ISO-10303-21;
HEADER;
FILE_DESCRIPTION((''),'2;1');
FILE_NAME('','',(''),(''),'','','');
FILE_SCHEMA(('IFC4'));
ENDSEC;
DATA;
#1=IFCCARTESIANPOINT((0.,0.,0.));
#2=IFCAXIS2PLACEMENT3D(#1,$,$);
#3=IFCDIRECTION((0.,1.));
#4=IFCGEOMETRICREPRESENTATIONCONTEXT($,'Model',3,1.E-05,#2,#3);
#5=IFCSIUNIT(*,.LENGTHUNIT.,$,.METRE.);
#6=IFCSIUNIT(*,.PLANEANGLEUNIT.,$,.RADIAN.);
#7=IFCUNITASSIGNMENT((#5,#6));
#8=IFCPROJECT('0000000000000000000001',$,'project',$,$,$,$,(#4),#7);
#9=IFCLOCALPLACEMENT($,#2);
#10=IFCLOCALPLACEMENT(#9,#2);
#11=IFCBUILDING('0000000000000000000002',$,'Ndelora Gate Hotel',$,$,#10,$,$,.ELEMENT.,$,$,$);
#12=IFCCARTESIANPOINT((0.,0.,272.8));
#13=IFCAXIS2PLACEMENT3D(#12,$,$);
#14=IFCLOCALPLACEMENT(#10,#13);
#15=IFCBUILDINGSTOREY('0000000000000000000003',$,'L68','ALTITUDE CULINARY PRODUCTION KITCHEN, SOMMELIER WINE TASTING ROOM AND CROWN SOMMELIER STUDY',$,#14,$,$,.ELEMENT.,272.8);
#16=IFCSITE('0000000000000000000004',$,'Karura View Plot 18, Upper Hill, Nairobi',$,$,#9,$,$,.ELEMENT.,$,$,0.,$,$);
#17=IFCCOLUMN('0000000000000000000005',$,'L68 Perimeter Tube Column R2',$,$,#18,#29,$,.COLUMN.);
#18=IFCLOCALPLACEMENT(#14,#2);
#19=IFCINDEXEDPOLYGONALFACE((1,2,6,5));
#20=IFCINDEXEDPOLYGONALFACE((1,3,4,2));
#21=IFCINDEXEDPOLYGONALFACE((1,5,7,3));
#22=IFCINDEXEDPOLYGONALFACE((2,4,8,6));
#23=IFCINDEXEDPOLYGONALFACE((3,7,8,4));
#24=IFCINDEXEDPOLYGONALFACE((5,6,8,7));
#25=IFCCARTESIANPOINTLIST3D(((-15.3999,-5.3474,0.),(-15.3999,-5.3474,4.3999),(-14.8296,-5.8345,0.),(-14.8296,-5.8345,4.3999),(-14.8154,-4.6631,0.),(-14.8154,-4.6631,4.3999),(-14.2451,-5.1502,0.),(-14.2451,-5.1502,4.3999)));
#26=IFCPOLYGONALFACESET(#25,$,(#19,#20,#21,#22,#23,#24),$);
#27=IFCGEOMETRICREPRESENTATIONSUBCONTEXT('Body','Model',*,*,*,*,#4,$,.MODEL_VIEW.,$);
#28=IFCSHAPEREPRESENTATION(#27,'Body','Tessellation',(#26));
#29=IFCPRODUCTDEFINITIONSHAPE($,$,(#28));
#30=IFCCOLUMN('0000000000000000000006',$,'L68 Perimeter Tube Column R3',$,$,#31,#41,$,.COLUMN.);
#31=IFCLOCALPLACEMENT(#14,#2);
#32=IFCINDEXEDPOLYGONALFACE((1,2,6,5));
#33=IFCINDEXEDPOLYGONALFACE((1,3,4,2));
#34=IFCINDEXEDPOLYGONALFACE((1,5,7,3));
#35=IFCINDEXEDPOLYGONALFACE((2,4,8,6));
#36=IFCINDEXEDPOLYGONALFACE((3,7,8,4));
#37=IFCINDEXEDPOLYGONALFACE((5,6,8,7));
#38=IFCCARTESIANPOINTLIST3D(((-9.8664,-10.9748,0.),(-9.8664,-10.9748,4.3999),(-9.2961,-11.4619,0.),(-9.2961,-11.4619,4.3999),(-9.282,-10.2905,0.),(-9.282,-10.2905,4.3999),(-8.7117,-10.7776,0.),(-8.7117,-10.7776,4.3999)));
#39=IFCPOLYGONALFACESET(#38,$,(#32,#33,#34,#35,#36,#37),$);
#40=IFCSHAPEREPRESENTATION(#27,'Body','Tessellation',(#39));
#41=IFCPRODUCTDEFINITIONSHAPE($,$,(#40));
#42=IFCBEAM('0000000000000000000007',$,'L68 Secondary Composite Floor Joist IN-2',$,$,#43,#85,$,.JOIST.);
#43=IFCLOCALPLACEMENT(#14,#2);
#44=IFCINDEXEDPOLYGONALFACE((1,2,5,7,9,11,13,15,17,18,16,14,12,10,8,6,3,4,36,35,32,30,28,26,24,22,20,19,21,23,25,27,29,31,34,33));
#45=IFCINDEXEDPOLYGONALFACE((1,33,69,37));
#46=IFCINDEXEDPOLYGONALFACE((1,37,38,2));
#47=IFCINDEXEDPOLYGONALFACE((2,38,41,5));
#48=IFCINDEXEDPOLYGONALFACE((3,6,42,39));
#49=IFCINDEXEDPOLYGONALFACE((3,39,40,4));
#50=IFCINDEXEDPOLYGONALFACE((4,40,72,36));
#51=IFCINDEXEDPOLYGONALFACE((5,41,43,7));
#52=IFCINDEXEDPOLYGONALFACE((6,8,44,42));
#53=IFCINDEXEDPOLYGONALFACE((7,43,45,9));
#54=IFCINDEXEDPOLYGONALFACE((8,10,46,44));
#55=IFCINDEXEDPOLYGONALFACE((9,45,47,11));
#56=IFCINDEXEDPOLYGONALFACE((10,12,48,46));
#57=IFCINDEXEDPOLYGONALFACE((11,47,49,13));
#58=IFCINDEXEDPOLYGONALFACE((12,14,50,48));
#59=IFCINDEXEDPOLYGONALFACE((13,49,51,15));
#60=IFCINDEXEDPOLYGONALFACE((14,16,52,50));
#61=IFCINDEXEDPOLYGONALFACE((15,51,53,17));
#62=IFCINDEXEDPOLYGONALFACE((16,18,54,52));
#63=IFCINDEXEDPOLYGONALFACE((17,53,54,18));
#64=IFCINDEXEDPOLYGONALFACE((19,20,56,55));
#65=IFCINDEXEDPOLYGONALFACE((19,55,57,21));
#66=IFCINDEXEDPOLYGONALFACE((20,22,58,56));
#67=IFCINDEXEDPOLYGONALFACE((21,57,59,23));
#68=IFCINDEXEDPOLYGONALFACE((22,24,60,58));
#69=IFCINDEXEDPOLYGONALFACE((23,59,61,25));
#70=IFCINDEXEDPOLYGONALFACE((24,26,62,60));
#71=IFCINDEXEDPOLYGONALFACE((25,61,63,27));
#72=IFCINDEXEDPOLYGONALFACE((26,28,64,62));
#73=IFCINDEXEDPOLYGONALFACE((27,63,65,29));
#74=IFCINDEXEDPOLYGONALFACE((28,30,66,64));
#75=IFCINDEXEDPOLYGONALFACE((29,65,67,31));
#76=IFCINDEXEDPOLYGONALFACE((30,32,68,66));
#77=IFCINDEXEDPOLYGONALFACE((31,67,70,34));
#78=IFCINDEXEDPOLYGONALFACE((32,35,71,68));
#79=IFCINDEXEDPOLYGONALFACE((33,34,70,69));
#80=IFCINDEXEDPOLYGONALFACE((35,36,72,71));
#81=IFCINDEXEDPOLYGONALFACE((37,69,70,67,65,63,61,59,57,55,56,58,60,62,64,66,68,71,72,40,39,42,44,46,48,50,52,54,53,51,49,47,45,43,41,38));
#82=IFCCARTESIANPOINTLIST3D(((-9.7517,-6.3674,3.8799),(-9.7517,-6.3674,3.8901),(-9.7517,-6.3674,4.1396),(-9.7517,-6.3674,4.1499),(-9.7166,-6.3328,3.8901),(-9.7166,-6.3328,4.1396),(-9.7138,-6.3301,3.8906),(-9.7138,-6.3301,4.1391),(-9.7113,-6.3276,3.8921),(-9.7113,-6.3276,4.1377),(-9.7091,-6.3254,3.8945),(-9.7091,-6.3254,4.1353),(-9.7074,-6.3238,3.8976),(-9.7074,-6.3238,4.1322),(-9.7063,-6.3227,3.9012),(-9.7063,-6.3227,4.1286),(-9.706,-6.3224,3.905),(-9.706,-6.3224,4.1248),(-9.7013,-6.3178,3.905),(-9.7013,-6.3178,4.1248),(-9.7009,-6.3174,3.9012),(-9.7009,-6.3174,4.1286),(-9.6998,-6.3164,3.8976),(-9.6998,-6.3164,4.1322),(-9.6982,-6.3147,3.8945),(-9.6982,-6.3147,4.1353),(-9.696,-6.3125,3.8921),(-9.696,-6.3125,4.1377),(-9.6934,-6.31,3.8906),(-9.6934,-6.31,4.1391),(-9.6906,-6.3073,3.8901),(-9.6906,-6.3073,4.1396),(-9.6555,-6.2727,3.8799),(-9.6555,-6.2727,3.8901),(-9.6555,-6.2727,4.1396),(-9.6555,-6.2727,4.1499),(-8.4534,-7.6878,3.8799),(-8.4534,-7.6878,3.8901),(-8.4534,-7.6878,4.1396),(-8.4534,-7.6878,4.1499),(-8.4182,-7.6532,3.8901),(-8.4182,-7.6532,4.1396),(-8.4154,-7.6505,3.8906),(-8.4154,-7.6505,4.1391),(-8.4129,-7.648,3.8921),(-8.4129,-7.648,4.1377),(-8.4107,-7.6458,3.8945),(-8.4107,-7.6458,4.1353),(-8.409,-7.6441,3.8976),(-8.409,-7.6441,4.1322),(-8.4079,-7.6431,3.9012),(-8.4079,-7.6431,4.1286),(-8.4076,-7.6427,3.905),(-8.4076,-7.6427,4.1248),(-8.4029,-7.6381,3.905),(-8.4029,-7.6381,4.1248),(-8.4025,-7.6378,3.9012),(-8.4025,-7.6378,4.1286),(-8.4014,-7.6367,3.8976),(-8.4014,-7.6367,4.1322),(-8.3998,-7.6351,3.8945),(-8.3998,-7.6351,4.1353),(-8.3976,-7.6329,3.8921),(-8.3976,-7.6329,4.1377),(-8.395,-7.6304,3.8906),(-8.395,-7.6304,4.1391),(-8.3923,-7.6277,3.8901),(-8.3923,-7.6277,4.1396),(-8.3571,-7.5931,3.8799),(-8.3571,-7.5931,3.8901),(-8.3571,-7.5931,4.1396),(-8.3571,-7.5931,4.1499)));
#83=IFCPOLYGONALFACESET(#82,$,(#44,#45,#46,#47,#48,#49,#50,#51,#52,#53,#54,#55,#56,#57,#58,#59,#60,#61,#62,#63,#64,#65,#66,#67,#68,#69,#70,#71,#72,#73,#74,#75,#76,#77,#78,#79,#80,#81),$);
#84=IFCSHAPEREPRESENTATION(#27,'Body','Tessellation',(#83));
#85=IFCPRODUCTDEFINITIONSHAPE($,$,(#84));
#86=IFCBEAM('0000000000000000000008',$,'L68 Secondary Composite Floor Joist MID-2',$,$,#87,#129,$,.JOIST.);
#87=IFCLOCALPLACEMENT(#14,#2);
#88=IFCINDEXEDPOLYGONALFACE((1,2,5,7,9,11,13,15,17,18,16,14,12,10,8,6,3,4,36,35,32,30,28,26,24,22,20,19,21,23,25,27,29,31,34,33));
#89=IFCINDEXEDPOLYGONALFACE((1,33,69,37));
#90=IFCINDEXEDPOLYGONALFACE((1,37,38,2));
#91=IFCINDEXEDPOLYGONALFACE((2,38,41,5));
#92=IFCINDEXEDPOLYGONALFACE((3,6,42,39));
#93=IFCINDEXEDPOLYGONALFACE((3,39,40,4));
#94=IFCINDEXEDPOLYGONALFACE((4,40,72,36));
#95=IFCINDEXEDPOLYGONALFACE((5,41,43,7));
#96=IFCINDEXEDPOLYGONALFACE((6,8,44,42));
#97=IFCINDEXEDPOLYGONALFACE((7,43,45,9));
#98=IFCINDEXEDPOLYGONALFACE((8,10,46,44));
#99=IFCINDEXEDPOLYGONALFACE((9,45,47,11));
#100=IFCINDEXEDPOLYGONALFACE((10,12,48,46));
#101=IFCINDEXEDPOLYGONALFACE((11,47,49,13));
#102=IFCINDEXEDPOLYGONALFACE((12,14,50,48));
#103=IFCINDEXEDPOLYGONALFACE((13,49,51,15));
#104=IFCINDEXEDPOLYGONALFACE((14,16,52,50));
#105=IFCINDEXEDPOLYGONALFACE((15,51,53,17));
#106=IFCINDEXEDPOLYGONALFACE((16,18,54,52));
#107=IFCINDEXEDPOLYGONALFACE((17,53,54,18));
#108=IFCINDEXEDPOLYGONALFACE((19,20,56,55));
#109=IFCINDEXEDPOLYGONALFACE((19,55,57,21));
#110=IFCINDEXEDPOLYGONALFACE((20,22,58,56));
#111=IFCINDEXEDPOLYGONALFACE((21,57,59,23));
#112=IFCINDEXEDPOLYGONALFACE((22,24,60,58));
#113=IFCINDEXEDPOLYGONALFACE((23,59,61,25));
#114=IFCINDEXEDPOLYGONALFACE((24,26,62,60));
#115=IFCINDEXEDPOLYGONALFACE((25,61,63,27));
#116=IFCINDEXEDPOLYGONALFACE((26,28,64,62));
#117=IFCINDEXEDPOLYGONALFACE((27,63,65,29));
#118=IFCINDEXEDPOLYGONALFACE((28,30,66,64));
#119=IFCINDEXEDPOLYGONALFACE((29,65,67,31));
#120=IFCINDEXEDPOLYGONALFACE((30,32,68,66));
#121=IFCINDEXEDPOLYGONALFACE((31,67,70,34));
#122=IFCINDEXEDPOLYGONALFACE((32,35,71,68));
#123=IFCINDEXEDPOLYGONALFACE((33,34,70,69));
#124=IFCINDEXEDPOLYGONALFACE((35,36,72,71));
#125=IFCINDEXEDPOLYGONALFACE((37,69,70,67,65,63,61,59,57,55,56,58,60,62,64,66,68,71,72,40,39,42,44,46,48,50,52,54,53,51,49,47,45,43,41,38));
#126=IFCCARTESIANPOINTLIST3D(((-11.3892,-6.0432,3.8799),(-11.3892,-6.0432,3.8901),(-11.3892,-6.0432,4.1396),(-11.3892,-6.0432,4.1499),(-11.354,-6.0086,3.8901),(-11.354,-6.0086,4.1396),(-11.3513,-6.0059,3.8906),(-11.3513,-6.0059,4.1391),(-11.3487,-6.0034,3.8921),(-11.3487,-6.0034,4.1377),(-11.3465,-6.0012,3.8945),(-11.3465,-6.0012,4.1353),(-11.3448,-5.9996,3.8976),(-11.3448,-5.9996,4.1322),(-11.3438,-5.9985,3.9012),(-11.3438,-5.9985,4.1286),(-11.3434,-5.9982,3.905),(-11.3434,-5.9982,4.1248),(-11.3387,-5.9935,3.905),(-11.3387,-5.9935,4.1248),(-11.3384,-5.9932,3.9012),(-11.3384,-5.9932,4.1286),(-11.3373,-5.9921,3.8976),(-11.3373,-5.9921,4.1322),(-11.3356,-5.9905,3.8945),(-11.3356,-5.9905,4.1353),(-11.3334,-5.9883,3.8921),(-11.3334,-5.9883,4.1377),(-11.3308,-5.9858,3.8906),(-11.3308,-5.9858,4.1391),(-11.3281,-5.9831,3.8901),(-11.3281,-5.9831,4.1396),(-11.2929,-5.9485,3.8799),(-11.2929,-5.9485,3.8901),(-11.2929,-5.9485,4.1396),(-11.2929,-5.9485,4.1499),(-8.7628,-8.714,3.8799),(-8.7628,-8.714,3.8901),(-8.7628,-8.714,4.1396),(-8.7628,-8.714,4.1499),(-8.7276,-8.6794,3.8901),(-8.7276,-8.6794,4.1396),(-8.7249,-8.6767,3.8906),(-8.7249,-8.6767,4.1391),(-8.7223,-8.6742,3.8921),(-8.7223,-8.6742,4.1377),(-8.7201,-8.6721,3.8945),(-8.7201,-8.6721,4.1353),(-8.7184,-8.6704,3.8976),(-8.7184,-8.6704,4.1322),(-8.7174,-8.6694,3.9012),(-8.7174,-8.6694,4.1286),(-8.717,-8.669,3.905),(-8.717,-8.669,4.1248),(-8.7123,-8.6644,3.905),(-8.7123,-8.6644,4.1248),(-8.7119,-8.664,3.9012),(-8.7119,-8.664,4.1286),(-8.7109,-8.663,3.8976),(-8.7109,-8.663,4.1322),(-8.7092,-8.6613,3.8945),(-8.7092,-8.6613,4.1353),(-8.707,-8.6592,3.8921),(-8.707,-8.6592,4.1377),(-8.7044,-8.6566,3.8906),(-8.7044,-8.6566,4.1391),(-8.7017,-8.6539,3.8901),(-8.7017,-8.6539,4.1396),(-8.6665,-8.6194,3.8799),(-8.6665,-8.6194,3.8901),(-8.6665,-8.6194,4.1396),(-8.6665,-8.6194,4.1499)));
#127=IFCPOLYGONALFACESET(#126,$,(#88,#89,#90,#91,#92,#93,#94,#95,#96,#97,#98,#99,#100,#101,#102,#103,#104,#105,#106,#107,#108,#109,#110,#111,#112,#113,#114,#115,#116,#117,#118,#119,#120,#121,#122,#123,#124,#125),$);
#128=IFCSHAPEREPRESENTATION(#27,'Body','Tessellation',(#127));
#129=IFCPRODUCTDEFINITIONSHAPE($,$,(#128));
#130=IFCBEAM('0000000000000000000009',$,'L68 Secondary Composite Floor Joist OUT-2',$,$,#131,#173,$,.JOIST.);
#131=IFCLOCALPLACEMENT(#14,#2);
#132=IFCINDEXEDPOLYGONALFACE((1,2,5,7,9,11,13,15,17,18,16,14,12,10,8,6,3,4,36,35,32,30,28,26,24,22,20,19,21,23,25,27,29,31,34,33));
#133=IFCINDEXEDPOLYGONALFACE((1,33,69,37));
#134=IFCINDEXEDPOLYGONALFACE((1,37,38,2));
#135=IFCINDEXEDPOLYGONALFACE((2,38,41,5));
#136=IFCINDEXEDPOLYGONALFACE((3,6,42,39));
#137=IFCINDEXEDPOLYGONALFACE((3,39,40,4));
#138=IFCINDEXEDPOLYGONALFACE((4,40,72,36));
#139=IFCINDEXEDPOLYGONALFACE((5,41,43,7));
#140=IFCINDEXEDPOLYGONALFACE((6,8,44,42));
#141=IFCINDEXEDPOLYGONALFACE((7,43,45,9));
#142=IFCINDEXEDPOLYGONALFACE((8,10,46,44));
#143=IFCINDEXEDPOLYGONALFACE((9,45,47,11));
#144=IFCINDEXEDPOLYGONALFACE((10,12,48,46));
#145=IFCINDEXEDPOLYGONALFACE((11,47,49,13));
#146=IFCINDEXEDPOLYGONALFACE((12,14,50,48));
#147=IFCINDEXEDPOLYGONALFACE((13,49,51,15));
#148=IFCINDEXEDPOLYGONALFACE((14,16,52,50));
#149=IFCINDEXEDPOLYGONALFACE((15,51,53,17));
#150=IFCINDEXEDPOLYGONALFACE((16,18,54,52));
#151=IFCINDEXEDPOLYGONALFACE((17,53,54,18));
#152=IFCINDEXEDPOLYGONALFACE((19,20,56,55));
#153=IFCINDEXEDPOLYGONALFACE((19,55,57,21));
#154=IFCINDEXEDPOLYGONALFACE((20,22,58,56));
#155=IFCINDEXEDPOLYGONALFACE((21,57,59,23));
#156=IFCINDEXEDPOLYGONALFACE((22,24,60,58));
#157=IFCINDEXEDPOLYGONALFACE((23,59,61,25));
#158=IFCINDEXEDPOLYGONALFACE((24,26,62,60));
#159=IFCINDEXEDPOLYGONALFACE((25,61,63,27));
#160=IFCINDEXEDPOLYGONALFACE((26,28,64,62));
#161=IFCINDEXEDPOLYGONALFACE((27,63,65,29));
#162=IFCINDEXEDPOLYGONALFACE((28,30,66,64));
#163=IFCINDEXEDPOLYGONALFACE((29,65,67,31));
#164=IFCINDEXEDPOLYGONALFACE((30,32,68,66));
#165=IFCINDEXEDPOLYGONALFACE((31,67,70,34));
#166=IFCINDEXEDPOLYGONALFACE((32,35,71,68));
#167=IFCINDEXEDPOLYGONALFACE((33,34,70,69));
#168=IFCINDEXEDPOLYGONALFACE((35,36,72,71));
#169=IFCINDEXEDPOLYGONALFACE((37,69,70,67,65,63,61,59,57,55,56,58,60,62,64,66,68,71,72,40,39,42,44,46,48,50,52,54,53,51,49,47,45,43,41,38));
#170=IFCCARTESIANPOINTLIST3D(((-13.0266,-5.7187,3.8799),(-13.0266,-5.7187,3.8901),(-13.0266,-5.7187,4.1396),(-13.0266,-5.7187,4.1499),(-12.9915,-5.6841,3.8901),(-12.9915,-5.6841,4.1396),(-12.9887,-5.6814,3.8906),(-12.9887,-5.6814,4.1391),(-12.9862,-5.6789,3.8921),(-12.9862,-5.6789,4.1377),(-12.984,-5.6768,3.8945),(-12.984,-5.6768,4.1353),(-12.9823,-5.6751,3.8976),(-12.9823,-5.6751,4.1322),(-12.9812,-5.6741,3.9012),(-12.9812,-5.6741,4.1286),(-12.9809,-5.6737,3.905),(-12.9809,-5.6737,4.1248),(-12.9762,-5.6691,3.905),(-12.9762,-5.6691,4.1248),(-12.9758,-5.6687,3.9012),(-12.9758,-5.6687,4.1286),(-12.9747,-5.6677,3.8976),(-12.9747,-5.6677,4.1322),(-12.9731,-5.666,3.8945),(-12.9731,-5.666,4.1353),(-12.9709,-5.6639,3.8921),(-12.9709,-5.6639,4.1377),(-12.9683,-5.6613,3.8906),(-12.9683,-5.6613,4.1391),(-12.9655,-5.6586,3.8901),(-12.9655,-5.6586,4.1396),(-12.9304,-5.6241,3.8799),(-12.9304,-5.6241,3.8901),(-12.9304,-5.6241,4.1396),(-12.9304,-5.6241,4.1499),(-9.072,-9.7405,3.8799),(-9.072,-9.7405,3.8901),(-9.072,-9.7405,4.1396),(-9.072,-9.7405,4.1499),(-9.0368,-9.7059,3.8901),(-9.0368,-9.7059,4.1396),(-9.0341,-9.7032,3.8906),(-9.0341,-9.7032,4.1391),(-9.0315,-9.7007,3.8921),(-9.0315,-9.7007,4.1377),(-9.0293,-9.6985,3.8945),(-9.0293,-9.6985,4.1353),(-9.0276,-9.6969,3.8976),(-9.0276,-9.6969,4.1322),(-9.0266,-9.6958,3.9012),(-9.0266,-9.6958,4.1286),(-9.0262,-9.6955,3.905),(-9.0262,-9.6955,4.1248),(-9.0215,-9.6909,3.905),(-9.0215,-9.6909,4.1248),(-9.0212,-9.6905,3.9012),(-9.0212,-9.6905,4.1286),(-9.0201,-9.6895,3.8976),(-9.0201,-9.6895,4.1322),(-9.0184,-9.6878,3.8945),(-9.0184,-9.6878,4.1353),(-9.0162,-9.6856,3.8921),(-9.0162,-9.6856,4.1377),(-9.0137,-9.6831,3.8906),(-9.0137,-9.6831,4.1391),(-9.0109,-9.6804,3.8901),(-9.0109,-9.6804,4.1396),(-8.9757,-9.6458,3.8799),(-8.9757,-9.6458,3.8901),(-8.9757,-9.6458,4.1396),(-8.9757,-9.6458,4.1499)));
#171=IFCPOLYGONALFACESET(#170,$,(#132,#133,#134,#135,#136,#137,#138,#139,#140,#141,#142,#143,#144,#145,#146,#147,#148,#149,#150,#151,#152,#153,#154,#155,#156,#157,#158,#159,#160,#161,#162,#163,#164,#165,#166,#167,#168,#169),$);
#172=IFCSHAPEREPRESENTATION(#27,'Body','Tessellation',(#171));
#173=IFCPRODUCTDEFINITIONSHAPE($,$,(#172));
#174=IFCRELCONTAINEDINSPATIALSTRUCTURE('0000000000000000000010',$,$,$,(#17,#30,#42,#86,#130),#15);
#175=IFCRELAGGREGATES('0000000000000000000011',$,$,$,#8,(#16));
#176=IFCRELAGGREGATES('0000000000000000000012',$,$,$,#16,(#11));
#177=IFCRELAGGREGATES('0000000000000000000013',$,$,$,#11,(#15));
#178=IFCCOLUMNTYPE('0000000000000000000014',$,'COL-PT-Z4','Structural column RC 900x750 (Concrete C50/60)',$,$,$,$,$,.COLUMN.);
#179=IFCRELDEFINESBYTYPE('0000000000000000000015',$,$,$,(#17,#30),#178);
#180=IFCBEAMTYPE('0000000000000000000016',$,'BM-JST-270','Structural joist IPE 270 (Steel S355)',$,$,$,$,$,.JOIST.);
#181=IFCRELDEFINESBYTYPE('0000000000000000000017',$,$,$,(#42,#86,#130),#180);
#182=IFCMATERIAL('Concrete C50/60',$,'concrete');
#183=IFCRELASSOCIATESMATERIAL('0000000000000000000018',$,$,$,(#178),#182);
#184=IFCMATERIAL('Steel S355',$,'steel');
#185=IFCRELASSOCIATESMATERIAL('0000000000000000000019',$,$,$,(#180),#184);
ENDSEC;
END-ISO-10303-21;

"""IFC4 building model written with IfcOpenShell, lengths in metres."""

from ifc_helpers import new_model, si_unit, direction, frame, origin, origin_2d, place, context, subcontext, project, spatial, rectangle, i_section, extrude, material, material_profile, profile_set, type_object, element, save


model = new_model("IFC4")

# Units and contexts
model_context = context("Model", 3, precision=1e-05, world=origin(), true_north=direction((0.0, 1.0)))
body_context = subcontext(model_context, "Body", "Model", "MODEL_VIEW")
ifc_project = project(units=[si_unit("LENGTHUNIT", "METRE"), si_unit("PLANEANGLEUNIT", "RADIAN")], contexts=[model_context])

# Site, building, storey
site_placement = place(None, origin())
site = spatial("IfcSite", under=ifc_project, at=site_placement, Name="Karura View Plot 18, Upper Hill, Nairobi", CompositionType="ELEMENT", RefElevation=0.0)
building_placement = place(site_placement, origin())
building = spatial("IfcBuilding", under=site, at=building_placement, Name="Ndelora Gate Hotel", CompositionType="ELEMENT")
storey_placement = place(building_placement, frame((0.0, 0.0, 272.8)))
storey = spatial("IfcBuildingStorey", under=building, at=storey_placement, Name="L68", Description="ALTITUDE CULINARY PRODUCTION KITCHEN, SOMMELIER WINE TASTING ROOM AND CROWN SOMMELIER STUDY", CompositionType="ELEMENT", Elevation=272.8)

# Columns
ifc_material_1 = material(Name="Concrete C50/60", Category="concrete")
ifc_material_profile_1 = material_profile(ifc_material_1, rectangle(XDim=0.75, YDim=0.8999, at=origin_2d()), Name="RC 900x750")
ifc_profile_set_1 = profile_set([ifc_material_profile_1], Name="Concrete C50/60")
column_type = type_object("IfcColumnType", Name="COL-PT-Z4", Description="Structural column RC 900x750 (Concrete C50/60)", PredefinedType="COLUMN", material=ifc_profile_set_1)
for number, where, z_axis, x_axis, name in (
    (1, (-14.8225, -5.2488, 0.0), (0.0, 0.0, 1.0), (-0.760406, 0.649448, 0.0), "L68 Perimeter Tube Column R2"),
    (2, (-9.2891, -10.8762, 0.0), (0.0, 0.0, 1.0), (-0.760406, 0.649448, 0.0), "L68 Perimeter Tube Column R3"),
):
    element("IfcColumn", number, at=place(storey_placement, frame(where, z_axis=z_axis, x_axis=x_axis)), inside=storey, type_object=column_type, Name=name, PredefinedType="COLUMN", context=body_context, shape_type="SweptSolid", body=[
        extrude(rectangle(XDim=0.75, YDim=0.8999, at=origin_2d()), origin(), (0.0, 0.0, 1.0), 4.3999),
    ])

# Beams
ifc_material_2 = material(Name="Steel S355", Category="steel")
ifc_material_profile_2 = material_profile(ifc_material_2, i_section(OverallWidth=0.135, OverallDepth=0.27, WebThickness=0.0066, FlangeThickness=0.0103, FilletRadius=0.0149, at=origin_2d()), Name="IPE 270")
ifc_profile_set_2 = profile_set([ifc_material_profile_2], Name="Steel S355")
beam_type_1 = type_object("IfcBeamType", Name="BM-JST-270", Description="Structural joist IPE 270 (Steel S355)", PredefinedType="JOIST", material=ifc_profile_set_2)
beam_1_placement = place(storey_placement, frame((-9.7036, -6.3201, 4.0149), z_axis=(0.701149, -0.713015, 0.0), x_axis=(0.713015, 0.701149, 0.0)))
element("IfcBeam", 3, at=beam_1_placement, inside=storey, type_object=beam_type_1, Name="L68 Secondary Composite Floor Joist IN-2", PredefinedType="JOIST", context=body_context, shape_type="SweptSolid", body=[
    extrude(i_section(OverallWidth=0.135, OverallDepth=0.27, WebThickness=0.0066, FlangeThickness=0.0103, FilletRadius=0.0149, at=origin_2d()), origin(), (0.0, 0.0, 1.0), 1.8518),
])
beam_2_placement = place(storey_placement, frame((-11.3411, -5.9958, 4.0149), z_axis=(0.701151, -0.713013, 0.0), x_axis=(0.713013, 0.701151, 0.0)))
element("IfcBeam", 4, at=beam_2_placement, inside=storey, type_object=beam_type_1, Name="L68 Secondary Composite Floor Joist MID-2", PredefinedType="JOIST", context=body_context, shape_type="SweptSolid", body=[
    extrude(i_section(OverallWidth=0.135, OverallDepth=0.27, WebThickness=0.0066, FlangeThickness=0.0103, FilletRadius=0.0149, at=origin_2d()), origin(), (0.0, 0.0, 1.0), 3.7458),
])
beam_3_placement = place(storey_placement, frame((-12.9785, -5.6714, 4.0149), z_axis=(0.70113, -0.713033, 0.0), x_axis=(0.713033, 0.70113, 0.0)))
element("IfcBeam", 5, at=beam_3_placement, inside=storey, type_object=beam_type_1, Name="L68 Secondary Composite Floor Joist OUT-2", PredefinedType="JOIST", context=body_context, shape_type="SweptSolid", body=[
    extrude(i_section(OverallWidth=0.135, OverallDepth=0.27, WebThickness=0.0066, FlangeThickness=0.0103, FilletRadius=0.0149, at=origin_2d()), origin(), (0.0, 0.0, 1.0), 5.6404),
])

save(model, "model.ifc")
